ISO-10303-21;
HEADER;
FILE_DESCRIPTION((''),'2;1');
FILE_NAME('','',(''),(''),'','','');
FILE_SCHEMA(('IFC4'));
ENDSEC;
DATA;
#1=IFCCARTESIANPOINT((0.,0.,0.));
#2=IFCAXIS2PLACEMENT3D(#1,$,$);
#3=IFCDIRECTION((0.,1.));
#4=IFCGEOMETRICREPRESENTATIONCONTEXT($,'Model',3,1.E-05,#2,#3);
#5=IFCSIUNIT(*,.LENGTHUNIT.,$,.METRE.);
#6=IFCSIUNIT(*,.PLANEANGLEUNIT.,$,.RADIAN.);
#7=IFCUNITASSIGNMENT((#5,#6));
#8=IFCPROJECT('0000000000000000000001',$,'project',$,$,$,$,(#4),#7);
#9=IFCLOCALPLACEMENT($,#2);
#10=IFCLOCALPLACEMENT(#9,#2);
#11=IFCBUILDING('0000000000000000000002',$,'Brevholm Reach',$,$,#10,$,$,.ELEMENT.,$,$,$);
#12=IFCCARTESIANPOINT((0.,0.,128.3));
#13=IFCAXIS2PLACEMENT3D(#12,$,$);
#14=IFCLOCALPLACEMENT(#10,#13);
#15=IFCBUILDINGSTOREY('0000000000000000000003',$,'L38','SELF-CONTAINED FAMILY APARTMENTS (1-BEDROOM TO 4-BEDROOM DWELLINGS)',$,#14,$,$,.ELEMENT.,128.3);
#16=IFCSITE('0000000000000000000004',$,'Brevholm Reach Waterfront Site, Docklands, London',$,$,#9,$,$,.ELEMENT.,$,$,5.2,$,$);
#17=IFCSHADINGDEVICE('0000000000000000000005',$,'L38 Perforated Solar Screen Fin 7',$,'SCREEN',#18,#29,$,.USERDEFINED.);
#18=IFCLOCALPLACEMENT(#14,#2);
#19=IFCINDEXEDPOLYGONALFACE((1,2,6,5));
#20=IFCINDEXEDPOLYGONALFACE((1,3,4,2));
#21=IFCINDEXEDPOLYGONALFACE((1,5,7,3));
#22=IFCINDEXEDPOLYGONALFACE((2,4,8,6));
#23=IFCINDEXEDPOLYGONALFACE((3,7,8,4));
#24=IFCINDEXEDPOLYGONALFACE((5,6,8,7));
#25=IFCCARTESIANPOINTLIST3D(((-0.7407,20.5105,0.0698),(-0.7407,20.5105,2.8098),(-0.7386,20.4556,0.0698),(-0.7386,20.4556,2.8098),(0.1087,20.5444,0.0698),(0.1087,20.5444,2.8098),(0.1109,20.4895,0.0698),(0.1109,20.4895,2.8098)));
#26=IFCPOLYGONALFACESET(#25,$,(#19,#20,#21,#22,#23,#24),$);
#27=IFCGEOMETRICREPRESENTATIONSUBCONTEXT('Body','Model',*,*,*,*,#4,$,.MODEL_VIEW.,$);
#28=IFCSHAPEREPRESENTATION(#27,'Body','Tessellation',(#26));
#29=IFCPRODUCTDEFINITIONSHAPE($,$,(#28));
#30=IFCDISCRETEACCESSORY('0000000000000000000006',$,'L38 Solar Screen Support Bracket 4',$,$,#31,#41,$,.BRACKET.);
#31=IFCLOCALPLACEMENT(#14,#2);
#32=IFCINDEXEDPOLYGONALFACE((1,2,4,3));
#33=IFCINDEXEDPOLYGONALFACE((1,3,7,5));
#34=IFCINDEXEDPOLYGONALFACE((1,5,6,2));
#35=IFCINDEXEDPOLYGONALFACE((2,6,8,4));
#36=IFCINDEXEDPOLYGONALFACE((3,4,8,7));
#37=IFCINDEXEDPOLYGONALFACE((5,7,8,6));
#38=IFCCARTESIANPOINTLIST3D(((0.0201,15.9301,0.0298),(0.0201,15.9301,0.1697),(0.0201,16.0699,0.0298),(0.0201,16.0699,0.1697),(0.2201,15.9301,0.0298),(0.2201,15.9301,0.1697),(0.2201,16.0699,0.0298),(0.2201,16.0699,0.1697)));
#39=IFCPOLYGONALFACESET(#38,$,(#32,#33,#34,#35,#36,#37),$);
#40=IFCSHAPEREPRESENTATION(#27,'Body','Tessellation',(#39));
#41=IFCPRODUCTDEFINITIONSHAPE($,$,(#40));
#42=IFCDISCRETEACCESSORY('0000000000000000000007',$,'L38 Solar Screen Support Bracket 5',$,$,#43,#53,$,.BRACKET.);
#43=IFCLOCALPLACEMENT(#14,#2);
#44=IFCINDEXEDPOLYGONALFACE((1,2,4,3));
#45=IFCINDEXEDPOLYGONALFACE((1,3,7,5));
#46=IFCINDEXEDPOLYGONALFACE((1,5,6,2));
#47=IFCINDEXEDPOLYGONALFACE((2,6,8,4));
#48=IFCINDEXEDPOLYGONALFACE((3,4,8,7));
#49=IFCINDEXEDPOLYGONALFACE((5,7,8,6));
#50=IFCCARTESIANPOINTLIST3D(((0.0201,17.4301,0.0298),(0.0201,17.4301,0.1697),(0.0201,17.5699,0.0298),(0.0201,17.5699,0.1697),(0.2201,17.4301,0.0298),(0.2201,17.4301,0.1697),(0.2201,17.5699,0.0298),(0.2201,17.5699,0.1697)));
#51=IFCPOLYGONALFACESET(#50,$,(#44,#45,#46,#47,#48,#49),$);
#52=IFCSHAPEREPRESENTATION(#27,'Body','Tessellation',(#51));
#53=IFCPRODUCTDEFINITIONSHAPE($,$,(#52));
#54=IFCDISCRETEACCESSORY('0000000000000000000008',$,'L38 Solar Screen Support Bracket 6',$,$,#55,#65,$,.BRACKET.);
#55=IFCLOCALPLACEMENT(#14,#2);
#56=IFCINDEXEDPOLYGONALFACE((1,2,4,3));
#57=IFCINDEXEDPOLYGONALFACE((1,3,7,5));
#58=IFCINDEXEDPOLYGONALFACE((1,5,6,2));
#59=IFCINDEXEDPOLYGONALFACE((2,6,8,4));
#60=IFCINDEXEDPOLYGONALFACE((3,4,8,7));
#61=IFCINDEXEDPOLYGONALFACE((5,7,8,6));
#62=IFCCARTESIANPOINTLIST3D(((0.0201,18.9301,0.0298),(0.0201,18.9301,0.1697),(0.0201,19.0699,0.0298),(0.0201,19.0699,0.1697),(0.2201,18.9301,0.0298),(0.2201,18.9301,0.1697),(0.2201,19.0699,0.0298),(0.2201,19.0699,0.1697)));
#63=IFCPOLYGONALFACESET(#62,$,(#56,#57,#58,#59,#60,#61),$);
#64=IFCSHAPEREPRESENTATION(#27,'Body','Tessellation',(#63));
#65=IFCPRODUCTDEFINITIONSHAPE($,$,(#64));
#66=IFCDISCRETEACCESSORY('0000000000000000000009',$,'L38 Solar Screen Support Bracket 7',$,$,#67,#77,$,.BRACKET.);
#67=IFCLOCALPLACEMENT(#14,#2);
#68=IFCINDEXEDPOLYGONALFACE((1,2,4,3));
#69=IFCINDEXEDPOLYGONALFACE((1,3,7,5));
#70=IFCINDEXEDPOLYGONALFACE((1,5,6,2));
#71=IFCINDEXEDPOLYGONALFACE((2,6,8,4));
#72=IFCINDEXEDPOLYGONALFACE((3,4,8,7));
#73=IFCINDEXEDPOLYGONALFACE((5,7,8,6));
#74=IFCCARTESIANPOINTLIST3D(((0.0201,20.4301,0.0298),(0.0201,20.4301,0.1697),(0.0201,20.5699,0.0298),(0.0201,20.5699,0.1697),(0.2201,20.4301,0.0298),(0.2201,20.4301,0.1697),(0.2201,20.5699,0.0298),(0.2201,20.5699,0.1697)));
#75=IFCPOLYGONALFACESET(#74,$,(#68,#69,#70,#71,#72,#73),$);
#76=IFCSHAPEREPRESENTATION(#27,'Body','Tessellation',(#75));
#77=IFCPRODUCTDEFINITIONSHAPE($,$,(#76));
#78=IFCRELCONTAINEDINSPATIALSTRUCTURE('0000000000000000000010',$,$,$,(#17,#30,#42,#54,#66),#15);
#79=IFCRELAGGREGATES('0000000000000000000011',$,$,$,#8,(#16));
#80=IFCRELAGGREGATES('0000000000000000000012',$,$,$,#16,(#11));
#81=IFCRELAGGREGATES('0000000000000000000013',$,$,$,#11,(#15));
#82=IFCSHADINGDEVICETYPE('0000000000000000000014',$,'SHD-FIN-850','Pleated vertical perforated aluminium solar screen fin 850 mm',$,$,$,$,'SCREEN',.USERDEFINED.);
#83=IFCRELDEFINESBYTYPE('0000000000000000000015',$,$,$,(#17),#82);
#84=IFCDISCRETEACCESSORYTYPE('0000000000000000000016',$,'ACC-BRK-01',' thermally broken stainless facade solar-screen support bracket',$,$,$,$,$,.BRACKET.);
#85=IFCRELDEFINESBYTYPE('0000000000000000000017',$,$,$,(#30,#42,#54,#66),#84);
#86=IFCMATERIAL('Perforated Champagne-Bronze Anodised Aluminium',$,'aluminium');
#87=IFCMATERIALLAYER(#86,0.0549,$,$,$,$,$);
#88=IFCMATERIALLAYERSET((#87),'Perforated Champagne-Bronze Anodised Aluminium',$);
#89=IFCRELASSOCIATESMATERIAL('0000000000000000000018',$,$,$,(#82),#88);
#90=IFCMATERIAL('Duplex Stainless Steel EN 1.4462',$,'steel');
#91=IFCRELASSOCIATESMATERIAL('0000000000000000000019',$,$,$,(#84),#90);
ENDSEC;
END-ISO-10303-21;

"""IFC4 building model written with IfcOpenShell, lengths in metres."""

from ifc_helpers import new_model, si_unit, direction, frame, origin, origin_2d, place, context, subcontext, project, spatial, rectangle, extrude, material, layer, layer_set, type_object, element, save


model = new_model("IFC4")

# Units and contexts
model_context = context("Model", 3, precision=1e-05, world=origin(), true_north=direction((0.0, 1.0)))
body_context = subcontext(model_context, "Body", "Model", "MODEL_VIEW")
ifc_project = project(units=[si_unit("LENGTHUNIT", "METRE"), si_unit("PLANEANGLEUNIT", "RADIAN")], contexts=[model_context])

# Site, building, storey
site_placement = place(None, origin())
site = spatial("IfcSite", under=ifc_project, at=site_placement, Name="Brevholm Reach Waterfront Site, Docklands, London", CompositionType="ELEMENT", RefElevation=5.2)
building_placement = place(site_placement, origin())
building = spatial("IfcBuilding", under=site, at=building_placement, Name="Brevholm Reach", CompositionType="ELEMENT")
storey_placement = place(building_placement, frame((0.0, 0.0, 128.3)))
storey = spatial("IfcBuildingStorey", under=building, at=storey_placement, Name="L38", Description="SELF-CONTAINED FAMILY APARTMENTS (1-BEDROOM TO 4-BEDROOM DWELLINGS)", CompositionType="ELEMENT", Elevation=128.3)

# Shading device
ifc_material_1 = material(Name="Perforated Champagne-Bronze Anodised Aluminium", Category="aluminium")
ifc_layer_1 = layer(ifc_material_1, 0.0549)
ifc_layer_set_1 = layer_set([ifc_layer_1], Name="Perforated Champagne-Bronze Anodised Aluminium")
shading_device_type = type_object("IfcShadingDeviceType", Name="SHD-FIN-850", Description="Pleated vertical perforated aluminium solar screen fin 850 mm", ElementType="SCREEN", PredefinedType="USERDEFINED", material=ifc_layer_set_1)
for number, where, z_axis, x_axis, name in (
    (1, (-0.3149, 20.5, 0.0698), (0.0, 0.0, 1.0), (-0.999205, -0.03987, 0.0), "L38 Perforated Solar Screen Fin 7"),
):
    element("IfcShadingDevice", number, at=place(storey_placement, frame(where, z_axis=z_axis, x_axis=x_axis)), inside=storey, type_object=shading_device_type, Name=name, ObjectType="SCREEN", PredefinedType="USERDEFINED", context=body_context, shape_type="SweptSolid", body=[
        extrude(rectangle(XDim=0.8501, YDim=0.0549, at=origin_2d()), origin(), (0.0, 0.0, 1.0), 2.74),
    ])

# Discrete accessories
ifc_material_2 = material(Name="Duplex Stainless Steel EN 1.4462", Category="steel")
discrete_accessory_type = type_object("IfcDiscreteAccessoryType", Name="ACC-BRK-01", Description=" thermally broken stainless facade solar-screen support bracket", PredefinedType="BRACKET", material=ifc_material_2)
for number, where, z_axis, x_axis, name in (
    (2, (0.1201, 16.0, 0.0298), (0.0, 0.0, 1.0), (-1.0, 0.0, 0.0), "L38 Solar Screen Support Bracket 4"),
    (3, (0.1201, 17.5, 0.0298), (0.0, 0.0, 1.0), (-1.0, 0.0, 0.0), "L38 Solar Screen Support Bracket 5"),
    (4, (0.1201, 19.0, 0.0298), (0.0, 0.0, 1.0), (-1.0, 0.0, 0.0), "L38 Solar Screen Support Bracket 6"),
    (5, (0.1201, 20.5, 0.0298), (0.0, 0.0, 1.0), (-1.0, 0.0, 0.0), "L38 Solar Screen Support Bracket 7"),
):
    element("IfcDiscreteAccessory", number, at=place(storey_placement, frame(where, z_axis=z_axis, x_axis=x_axis)), inside=storey, type_object=discrete_accessory_type, Name=name, PredefinedType="BRACKET", context=body_context, shape_type="SweptSolid", body=[
        extrude(rectangle(XDim=0.2, YDim=0.1399, at=origin_2d()), origin(), (0.0, 0.0, 1.0), 0.1399),
    ])

save(model, "model.ifc")
